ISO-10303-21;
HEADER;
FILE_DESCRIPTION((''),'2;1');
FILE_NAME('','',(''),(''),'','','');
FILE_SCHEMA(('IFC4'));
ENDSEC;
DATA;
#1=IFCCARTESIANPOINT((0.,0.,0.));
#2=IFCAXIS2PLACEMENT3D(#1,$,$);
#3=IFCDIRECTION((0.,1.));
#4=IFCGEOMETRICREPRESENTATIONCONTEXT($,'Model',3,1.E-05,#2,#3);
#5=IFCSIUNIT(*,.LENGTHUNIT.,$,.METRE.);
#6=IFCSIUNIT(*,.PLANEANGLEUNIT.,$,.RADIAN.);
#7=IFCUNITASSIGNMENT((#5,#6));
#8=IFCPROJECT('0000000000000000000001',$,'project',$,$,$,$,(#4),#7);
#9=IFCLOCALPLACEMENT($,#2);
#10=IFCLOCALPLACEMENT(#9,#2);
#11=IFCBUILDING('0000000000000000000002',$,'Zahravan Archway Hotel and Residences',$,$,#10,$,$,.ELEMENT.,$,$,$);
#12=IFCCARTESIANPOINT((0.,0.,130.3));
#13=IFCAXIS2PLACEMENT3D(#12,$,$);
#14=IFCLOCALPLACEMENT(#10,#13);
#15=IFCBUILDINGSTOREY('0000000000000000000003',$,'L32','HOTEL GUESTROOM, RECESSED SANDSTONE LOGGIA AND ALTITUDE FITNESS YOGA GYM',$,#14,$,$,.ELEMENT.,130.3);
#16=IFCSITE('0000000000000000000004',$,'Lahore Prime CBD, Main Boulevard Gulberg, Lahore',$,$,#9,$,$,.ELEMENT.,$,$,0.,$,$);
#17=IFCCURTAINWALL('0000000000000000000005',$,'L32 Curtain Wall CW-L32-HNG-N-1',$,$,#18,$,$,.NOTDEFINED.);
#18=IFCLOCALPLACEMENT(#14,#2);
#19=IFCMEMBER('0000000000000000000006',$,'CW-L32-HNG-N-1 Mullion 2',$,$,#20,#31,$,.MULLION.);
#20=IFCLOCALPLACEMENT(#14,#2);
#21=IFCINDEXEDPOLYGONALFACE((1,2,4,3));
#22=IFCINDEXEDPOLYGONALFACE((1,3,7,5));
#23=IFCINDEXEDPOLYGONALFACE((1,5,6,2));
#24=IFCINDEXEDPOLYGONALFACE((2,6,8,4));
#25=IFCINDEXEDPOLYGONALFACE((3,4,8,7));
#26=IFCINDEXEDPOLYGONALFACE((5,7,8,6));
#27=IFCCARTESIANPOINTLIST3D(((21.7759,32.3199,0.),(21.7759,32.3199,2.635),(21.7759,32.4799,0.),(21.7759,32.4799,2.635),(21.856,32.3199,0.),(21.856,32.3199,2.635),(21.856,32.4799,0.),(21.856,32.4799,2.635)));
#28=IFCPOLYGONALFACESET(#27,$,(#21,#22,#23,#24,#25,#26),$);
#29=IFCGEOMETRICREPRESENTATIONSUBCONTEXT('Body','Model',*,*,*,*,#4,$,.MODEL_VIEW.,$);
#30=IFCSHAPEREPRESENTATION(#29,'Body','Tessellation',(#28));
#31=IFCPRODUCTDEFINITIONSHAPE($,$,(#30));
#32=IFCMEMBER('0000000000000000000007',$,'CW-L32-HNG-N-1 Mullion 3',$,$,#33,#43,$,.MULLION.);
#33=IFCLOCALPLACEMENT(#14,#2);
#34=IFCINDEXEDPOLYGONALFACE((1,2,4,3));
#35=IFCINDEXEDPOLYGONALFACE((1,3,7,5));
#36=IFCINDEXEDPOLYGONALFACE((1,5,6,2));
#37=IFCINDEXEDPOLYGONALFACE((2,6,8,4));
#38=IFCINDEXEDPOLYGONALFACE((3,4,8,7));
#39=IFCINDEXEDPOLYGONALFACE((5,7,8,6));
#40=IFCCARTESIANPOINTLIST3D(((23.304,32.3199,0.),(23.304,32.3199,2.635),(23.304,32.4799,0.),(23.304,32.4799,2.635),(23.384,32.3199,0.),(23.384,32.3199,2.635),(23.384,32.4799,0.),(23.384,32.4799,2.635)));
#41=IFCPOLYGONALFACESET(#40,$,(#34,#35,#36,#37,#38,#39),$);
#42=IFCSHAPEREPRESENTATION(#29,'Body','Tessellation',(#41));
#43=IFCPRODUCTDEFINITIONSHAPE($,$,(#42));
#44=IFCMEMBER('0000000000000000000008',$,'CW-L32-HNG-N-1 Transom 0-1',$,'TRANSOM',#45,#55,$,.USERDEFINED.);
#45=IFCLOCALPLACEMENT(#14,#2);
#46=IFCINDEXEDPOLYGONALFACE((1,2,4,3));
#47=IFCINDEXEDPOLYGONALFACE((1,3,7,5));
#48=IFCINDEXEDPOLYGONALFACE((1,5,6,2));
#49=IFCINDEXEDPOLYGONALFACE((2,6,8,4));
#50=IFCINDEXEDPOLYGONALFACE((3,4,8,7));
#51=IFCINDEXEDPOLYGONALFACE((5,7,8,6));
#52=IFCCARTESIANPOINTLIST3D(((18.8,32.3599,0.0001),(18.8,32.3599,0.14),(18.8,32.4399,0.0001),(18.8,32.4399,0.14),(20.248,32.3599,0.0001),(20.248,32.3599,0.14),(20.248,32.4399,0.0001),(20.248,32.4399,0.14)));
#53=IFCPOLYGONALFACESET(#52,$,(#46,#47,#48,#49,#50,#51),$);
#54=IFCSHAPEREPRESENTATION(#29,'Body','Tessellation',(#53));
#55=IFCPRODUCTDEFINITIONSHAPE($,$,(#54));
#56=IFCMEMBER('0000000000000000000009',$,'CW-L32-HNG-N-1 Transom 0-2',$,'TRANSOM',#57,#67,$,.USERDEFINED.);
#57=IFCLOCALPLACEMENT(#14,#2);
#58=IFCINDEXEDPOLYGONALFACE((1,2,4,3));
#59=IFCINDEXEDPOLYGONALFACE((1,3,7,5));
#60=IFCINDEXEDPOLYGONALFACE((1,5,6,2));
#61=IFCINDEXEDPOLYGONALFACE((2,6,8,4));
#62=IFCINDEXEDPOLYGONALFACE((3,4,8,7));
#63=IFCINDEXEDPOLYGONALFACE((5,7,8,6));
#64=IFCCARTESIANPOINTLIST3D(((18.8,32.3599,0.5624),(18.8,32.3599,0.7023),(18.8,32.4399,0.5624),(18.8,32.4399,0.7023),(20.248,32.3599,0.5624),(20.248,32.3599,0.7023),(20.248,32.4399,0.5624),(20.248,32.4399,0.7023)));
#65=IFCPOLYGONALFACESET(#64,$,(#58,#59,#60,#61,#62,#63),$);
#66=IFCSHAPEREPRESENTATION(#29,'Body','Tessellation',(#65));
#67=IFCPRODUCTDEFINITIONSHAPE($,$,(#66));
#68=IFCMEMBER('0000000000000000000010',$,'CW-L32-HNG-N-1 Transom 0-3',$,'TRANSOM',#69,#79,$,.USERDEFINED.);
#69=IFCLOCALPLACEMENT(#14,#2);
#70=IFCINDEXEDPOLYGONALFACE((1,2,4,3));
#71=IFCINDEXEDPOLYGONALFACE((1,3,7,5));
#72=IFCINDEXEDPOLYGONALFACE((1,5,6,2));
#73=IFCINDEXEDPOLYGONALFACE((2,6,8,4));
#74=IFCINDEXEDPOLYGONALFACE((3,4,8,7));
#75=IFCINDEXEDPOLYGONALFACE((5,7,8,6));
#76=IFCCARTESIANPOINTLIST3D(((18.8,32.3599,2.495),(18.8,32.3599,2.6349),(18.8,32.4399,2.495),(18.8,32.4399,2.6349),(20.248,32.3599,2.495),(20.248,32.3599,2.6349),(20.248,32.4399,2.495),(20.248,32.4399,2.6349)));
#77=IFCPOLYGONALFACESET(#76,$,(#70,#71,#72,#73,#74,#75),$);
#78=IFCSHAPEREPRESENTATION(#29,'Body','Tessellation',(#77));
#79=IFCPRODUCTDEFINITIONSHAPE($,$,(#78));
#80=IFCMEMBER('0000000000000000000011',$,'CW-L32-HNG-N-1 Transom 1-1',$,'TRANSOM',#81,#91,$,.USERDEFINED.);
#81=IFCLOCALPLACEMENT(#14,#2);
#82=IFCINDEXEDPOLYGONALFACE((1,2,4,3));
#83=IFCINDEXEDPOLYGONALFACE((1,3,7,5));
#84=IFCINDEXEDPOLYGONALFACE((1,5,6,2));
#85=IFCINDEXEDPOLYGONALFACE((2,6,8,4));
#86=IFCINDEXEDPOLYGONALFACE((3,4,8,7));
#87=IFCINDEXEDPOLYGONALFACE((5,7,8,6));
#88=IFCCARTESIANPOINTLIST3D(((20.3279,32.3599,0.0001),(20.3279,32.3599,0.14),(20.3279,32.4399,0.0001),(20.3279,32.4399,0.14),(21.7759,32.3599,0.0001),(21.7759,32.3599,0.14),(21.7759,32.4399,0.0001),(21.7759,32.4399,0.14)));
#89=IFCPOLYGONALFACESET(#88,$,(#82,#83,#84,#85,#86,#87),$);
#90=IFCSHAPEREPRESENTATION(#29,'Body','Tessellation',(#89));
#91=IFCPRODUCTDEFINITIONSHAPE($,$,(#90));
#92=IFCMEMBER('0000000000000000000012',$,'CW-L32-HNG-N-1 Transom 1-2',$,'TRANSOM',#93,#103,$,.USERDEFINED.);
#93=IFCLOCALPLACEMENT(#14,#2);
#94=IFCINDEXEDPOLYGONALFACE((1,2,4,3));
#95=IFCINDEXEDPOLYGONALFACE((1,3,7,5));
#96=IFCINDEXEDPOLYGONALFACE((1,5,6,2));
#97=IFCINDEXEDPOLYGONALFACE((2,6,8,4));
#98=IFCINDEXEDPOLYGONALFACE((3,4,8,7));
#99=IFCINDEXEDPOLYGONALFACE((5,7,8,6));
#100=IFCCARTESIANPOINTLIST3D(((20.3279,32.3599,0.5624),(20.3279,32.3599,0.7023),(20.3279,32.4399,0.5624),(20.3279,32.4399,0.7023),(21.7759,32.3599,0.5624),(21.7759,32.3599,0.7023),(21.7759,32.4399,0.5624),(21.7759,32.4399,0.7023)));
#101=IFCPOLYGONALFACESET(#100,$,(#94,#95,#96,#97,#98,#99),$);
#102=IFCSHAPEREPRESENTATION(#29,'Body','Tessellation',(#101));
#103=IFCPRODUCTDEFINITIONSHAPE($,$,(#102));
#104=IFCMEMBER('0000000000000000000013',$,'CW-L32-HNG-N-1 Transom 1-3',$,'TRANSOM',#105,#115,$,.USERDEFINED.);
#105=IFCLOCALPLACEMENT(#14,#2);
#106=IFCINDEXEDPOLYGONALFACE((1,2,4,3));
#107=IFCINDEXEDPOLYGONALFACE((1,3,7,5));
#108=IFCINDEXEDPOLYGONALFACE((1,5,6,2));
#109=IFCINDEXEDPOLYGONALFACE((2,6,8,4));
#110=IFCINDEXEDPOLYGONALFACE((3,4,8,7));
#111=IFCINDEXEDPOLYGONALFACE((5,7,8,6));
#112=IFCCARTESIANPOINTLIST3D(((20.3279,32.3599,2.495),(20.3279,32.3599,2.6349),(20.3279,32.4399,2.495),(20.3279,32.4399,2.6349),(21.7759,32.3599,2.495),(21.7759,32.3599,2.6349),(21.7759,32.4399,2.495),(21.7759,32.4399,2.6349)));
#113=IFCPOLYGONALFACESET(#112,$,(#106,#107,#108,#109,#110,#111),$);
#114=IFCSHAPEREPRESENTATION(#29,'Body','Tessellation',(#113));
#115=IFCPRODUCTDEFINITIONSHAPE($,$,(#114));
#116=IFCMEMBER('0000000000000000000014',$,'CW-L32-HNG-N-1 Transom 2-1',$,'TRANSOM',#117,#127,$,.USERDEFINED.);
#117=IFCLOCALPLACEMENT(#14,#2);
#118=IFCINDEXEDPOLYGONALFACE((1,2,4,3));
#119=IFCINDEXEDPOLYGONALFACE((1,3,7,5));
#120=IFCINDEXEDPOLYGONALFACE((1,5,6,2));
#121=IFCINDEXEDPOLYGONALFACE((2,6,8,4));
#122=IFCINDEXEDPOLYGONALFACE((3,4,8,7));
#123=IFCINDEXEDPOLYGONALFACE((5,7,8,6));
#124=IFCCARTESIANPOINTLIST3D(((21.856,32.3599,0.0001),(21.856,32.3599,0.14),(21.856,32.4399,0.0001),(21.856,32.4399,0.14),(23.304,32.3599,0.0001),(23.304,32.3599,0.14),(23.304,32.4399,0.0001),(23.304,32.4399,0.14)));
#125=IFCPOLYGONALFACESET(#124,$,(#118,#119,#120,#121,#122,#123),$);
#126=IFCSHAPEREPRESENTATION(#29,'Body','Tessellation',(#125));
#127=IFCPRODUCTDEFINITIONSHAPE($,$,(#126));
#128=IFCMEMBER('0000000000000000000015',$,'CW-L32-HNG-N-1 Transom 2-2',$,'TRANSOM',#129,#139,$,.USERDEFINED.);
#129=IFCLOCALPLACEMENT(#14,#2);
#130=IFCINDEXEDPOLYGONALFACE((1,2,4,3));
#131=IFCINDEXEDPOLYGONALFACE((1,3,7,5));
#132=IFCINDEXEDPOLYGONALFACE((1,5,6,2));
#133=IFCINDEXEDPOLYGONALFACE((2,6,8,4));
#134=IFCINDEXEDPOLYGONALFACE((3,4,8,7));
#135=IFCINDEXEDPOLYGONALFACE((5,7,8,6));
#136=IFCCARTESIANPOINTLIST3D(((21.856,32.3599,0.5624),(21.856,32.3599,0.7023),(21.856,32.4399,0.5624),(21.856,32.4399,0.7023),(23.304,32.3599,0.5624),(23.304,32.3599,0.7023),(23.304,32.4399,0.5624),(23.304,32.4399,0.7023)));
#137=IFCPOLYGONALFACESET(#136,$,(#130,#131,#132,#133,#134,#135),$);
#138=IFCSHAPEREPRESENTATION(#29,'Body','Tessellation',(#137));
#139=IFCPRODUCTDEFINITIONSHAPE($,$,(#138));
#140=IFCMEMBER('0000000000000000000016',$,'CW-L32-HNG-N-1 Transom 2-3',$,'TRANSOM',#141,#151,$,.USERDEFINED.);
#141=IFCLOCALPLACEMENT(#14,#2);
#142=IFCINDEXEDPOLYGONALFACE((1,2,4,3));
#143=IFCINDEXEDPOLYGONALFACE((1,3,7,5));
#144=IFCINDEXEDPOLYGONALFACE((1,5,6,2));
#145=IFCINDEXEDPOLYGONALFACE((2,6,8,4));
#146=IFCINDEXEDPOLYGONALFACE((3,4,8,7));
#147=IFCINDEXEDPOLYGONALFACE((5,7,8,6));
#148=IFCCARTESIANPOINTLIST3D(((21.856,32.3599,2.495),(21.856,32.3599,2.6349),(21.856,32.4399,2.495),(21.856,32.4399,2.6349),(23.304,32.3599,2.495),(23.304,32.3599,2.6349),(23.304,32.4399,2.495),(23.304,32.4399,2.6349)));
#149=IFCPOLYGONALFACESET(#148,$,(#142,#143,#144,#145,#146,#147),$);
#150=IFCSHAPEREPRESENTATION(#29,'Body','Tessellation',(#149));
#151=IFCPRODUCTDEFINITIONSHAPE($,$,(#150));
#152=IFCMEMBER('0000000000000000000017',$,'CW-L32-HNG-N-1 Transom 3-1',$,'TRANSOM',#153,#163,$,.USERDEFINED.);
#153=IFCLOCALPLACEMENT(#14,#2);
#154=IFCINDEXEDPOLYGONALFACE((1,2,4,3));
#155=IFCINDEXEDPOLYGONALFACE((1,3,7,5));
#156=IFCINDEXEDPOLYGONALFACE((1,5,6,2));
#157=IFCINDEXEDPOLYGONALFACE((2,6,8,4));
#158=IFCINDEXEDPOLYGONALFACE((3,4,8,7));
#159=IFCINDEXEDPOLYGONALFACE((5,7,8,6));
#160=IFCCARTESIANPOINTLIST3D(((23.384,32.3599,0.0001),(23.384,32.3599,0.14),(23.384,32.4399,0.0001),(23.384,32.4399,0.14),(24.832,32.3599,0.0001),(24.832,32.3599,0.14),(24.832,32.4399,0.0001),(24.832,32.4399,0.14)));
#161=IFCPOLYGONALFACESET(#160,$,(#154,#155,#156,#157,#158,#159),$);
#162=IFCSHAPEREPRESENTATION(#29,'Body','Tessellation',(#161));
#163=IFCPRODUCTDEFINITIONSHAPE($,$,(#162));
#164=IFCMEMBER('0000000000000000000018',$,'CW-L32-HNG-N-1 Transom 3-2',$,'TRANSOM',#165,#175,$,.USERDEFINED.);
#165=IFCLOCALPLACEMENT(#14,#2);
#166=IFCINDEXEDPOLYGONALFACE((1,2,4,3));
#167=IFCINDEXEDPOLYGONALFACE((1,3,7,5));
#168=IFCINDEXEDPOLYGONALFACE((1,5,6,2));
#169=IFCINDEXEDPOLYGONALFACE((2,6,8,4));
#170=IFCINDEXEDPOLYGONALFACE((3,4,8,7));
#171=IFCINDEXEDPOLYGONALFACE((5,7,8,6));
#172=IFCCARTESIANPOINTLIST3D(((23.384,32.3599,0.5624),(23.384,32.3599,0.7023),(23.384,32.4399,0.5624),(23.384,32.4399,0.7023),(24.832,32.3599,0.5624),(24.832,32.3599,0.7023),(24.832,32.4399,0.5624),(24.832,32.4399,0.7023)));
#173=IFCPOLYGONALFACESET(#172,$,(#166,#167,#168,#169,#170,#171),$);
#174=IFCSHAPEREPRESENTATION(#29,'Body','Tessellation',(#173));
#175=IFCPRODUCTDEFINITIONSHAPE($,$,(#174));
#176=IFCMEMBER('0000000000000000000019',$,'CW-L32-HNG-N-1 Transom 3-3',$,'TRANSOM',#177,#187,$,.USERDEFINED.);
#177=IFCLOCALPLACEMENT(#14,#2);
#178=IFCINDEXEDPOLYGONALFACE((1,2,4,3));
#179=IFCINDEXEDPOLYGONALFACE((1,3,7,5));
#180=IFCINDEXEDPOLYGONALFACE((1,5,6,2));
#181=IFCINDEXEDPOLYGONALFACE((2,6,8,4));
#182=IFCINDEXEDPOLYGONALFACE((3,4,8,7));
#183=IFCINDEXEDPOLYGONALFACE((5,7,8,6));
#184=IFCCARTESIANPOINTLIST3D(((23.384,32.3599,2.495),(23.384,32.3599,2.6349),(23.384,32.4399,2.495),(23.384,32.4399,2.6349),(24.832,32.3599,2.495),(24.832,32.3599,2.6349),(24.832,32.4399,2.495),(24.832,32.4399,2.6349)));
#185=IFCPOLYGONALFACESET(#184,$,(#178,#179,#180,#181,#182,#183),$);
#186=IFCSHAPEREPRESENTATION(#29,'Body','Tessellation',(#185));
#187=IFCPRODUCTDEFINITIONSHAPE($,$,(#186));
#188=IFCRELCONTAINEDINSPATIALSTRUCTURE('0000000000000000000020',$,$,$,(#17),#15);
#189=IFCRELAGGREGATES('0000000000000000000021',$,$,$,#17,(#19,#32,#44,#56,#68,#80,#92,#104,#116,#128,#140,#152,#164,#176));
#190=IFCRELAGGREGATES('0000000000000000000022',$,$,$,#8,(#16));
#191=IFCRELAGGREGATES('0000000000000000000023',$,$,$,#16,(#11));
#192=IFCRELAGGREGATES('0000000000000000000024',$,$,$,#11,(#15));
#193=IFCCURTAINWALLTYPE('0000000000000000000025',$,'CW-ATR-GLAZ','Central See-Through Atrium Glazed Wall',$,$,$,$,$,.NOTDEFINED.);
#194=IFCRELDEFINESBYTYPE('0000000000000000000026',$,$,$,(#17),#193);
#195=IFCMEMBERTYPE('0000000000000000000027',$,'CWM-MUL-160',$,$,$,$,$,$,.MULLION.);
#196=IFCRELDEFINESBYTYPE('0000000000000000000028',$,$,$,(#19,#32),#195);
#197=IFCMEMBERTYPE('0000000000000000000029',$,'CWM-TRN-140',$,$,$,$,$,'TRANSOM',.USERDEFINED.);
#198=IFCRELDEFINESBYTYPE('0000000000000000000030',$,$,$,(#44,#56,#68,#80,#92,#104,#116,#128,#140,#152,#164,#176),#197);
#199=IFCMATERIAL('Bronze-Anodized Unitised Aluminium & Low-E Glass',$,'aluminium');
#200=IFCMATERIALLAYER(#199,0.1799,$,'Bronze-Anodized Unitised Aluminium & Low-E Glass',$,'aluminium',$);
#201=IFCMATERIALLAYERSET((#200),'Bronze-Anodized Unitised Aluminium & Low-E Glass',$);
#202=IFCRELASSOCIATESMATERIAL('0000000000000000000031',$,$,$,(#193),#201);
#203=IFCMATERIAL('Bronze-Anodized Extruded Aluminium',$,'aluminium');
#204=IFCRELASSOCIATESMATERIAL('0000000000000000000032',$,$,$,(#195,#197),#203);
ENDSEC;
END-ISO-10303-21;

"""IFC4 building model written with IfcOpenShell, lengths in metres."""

from ifc_helpers import new_model, si_unit, direction, frame, origin, origin_2d, place, context, subcontext, project, spatial, rectangle, extrude, source, transform, mapped, material, layer, layer_set, material_profile, profile_set, type_object, element, aggregate, save


model = new_model("IFC4")

# Units and contexts
model_context = context("Model", 3, precision=1e-05, world=origin(), true_north=direction((0.0, 1.0)))
body_context = subcontext(model_context, "Body", "Model", "MODEL_VIEW")
ifc_project = project(units=[si_unit("LENGTHUNIT", "METRE"), si_unit("PLANEANGLEUNIT", "RADIAN")], contexts=[model_context])

# Site, building, storey
site_placement = place(None, origin())
site = spatial("IfcSite", under=ifc_project, at=site_placement, Name="Lahore Prime CBD, Main Boulevard Gulberg, Lahore", CompositionType="ELEMENT", RefElevation=0.0)
building_placement = place(site_placement, origin())
building = spatial("IfcBuilding", under=site, at=building_placement, Name="Zahravan Archway Hotel and Residences", CompositionType="ELEMENT")
storey_placement = place(building_placement, frame((0.0, 0.0, 130.3)))
storey = spatial("IfcBuildingStorey", under=building, at=storey_placement, Name="L32", Description="HOTEL GUESTROOM, RECESSED SANDSTONE LOGGIA AND ALTITUDE FITNESS YOGA GYM", CompositionType="ELEMENT", Elevation=130.3)

# Curtain wall, members
ifc_material_1 = material(Name="Bronze-Anodized Unitised Aluminium & Low-E Glass", Category="aluminium")
ifc_layer_1 = layer(ifc_material_1, 0.1799, Name="Bronze-Anodized Unitised Aluminium & Low-E Glass", Category="aluminium")
ifc_layer_set_1 = layer_set([ifc_layer_1], Name="Bronze-Anodized Unitised Aluminium & Low-E Glass")
curtain_wall_type = type_object("IfcCurtainWallType", Name="CW-ATR-GLAZ", Description="Central See-Through Atrium Glazed Wall", PredefinedType="NOTDEFINED", material=ifc_layer_set_1)
curtain_wall_placement = place(storey_placement, origin())
curtain_wall = element("IfcCurtainWall", 1, at=curtain_wall_placement, inside=storey, type_object=curtain_wall_type, Name="L32 Curtain Wall CW-L32-HNG-N-1", PredefinedType="NOTDEFINED")
ifc_material_2 = material(Name="Bronze-Anodized Extruded Aluminium", Category="aluminium")
ifc_material_profile_1 = material_profile(ifc_material_2, rectangle(XDim=0.0801, YDim=0.1599, at=origin_2d()), Name="MUL 80x160", Category="aluminium")
ifc_profile_set_1 = profile_set([ifc_material_profile_1], Name="Bronze-Anodized Extruded Aluminium")
member_type_1 = type_object("IfcMemberType", Name="CWM-MUL-160", PredefinedType="MULLION", material=ifc_profile_set_1)
shared_shape_1 = source(origin(), body_context, "Body", "SweptSolid", [
    extrude(rectangle(XDim=0.0801, YDim=0.1599, at=origin_2d()), origin(), (0.0, 0.0, 1.0), 2.635),
])
member_1_placement = place(storey_placement, frame((21.8159, 32.3999, 0.0), z_axis=(0.0, 0.0, 1.0), x_axis=(1.0, 0.0, 0.0)))
member_1 = element("IfcMember", 2, at=member_1_placement, type_object=member_type_1, Name="CW-L32-HNG-N-1 Mullion 2", PredefinedType="MULLION", context=body_context, shape_type="MappedRepresentation", body=[
    mapped(shared_shape_1, transform((0.0, 0.0, 0.0), scale=1.0)),
])
member_2_placement = place(storey_placement, frame((23.344, 32.3999, 0.0), z_axis=(0.0, 0.0, 1.0), x_axis=(1.0, 0.0, 0.0)))
member_2 = element("IfcMember", 3, at=member_2_placement, type_object=member_type_1, Name="CW-L32-HNG-N-1 Mullion 3", PredefinedType="MULLION", context=body_context, shape_type="MappedRepresentation", body=[
    mapped(shared_shape_1, transform((0.0, 0.0, 0.0), scale=1.0)),
])
ifc_material_profile_2 = material_profile(ifc_material_2, rectangle(XDim=0.0801, YDim=0.1399, at=origin_2d()), Name="TRN 80x140", Category="aluminium")
ifc_profile_set_2 = profile_set([ifc_material_profile_2], Name="Bronze-Anodized Extruded Aluminium")
member_type_2 = type_object("IfcMemberType", Name="CWM-TRN-140", ElementType="TRANSOM", PredefinedType="USERDEFINED", material=ifc_profile_set_2)
shared_shape_2 = source(origin(), body_context, "Body", "SweptSolid", [
    extrude(rectangle(XDim=0.0801, YDim=0.1399, at=origin_2d()), origin(), (0.0, 0.0, 1.0), 1.448),
])
member_3_placement = place(storey_placement, frame((18.8, 32.3999, 0.0701), z_axis=(1.0, 0.0, 0.0), x_axis=(0.0, 1.0, 0.0)))
member_3 = element("IfcMember", 4, at=member_3_placement, type_object=member_type_2, Name="CW-L32-HNG-N-1 Transom 0-1", ObjectType="TRANSOM", PredefinedType="USERDEFINED", context=body_context, shape_type="MappedRepresentation", body=[
    mapped(shared_shape_2, transform((0.0, 0.0, 0.0), scale=1.0)),
])
member_4_placement = place(storey_placement, frame((18.8, 32.3999, 0.6323), z_axis=(1.0, 0.0, 0.0), x_axis=(0.0, 1.0, 0.0)))
member_4 = element("IfcMember", 5, at=member_4_placement, type_object=member_type_2, Name="CW-L32-HNG-N-1 Transom 0-2", ObjectType="TRANSOM", PredefinedType="USERDEFINED", context=body_context, shape_type="MappedRepresentation", body=[
    mapped(shared_shape_2, transform((0.0, 0.0, 0.0), scale=1.0)),
])
member_5_placement = place(storey_placement, frame((18.8, 32.3999, 2.5649), z_axis=(1.0, 0.0, 0.0), x_axis=(0.0, 1.0, 0.0)))
member_5 = element("IfcMember", 6, at=member_5_placement, type_object=member_type_2, Name="CW-L32-HNG-N-1 Transom 0-3", ObjectType="TRANSOM", PredefinedType="USERDEFINED", context=body_context, shape_type="MappedRepresentation", body=[
    mapped(shared_shape_2, transform((0.0, 0.0, 0.0), scale=1.0)),
])
member_6_placement = place(storey_placement, frame((20.3279, 32.3999, 0.0701), z_axis=(1.0, 0.0, 0.0), x_axis=(0.0, 1.0, 0.0)))
member_6 = element("IfcMember", 7, at=member_6_placement, type_object=member_type_2, Name="CW-L32-HNG-N-1 Transom 1-1", ObjectType="TRANSOM", PredefinedType="USERDEFINED", context=body_context, shape_type="MappedRepresentation", body=[
    mapped(shared_shape_2, transform((0.0, 0.0, 0.0), scale=1.0)),
])
member_7_placement = place(storey_placement, frame((20.3279, 32.3999, 0.6323), z_axis=(1.0, 0.0, 0.0), x_axis=(0.0, 1.0, 0.0)))
member_7 = element("IfcMember", 8, at=member_7_placement, type_object=member_type_2, Name="CW-L32-HNG-N-1 Transom 1-2", ObjectType="TRANSOM", PredefinedType="USERDEFINED", context=body_context, shape_type="MappedRepresentation", body=[
    mapped(shared_shape_2, transform((0.0, 0.0, 0.0), scale=1.0)),
])
member_8_placement = place(storey_placement, frame((20.3279, 32.3999, 2.5649), z_axis=(1.0, 0.0, 0.0), x_axis=(0.0, 1.0, 0.0)))
member_8 = element("IfcMember", 9, at=member_8_placement, type_object=member_type_2, Name="CW-L32-HNG-N-1 Transom 1-3", ObjectType="TRANSOM", PredefinedType="USERDEFINED", context=body_context, shape_type="MappedRepresentation", body=[
    mapped(shared_shape_2, transform((0.0, 0.0, 0.0), scale=1.0)),
])
member_9_placement = place(storey_placement, frame((21.856, 32.3999, 0.0701), z_axis=(1.0, 0.0, 0.0), x_axis=(0.0, 1.0, 0.0)))
member_9 = element("IfcMember", 10, at=member_9_placement, type_object=member_type_2, Name="CW-L32-HNG-N-1 Transom 2-1", ObjectType="TRANSOM", PredefinedType="USERDEFINED", context=body_context, shape_type="MappedRepresentation", body=[
    mapped(shared_shape_2, transform((0.0, 0.0, 0.0), scale=1.0)),
])
member_10_placement = place(storey_placement, frame((21.856, 32.3999, 0.6323), z_axis=(1.0, 0.0, 0.0), x_axis=(0.0, 1.0, 0.0)))
member_10 = element("IfcMember", 11, at=member_10_placement, type_object=member_type_2, Name="CW-L32-HNG-N-1 Transom 2-2", ObjectType="TRANSOM", PredefinedType="USERDEFINED", context=body_context, shape_type="MappedRepresentation", body=[
    mapped(shared_shape_2, transform((0.0, 0.0, 0.0), scale=1.0)),
])
member_11_placement = place(storey_placement, frame((21.856, 32.3999, 2.5649), z_axis=(1.0, 0.0, 0.0), x_axis=(0.0, 1.0, 0.0)))
member_11 = element("IfcMember", 12, at=member_11_placement, type_object=member_type_2, Name="CW-L32-HNG-N-1 Transom 2-3", ObjectType="TRANSOM", PredefinedType="USERDEFINED", context=body_context, shape_type="MappedRepresentation", body=[
    mapped(shared_shape_2, transform((0.0, 0.0, 0.0), scale=1.0)),
])
member_12_placement = place(storey_placement, frame((23.384, 32.3999, 0.0701), z_axis=(1.0, 0.0, 0.0), x_axis=(0.0, 1.0, 0.0)))
member_12 = element("IfcMember", 13, at=member_12_placement, type_object=member_type_2, Name="CW-L32-HNG-N-1 Transom 3-1", ObjectType="TRANSOM", PredefinedType="USERDEFINED", context=body_context, shape_type="MappedRepresentation", body=[
    mapped(shared_shape_2, transform((0.0, 0.0, 0.0), scale=1.0)),
])
member_13_placement = place(storey_placement, frame((23.384, 32.3999, 0.6323), z_axis=(1.0, 0.0, 0.0), x_axis=(0.0, 1.0, 0.0)))
member_13 = element("IfcMember", 14, at=member_13_placement, type_object=member_type_2, Name="CW-L32-HNG-N-1 Transom 3-2", ObjectType="TRANSOM", PredefinedType="USERDEFINED", context=body_context, shape_type="MappedRepresentation", body=[
    mapped(shared_shape_2, transform((0.0, 0.0, 0.0), scale=1.0)),
])
member_14_placement = place(storey_placement, frame((23.384, 32.3999, 2.5649), z_axis=(1.0, 0.0, 0.0), x_axis=(0.0, 1.0, 0.0)))
member_14 = element("IfcMember", 15, at=member_14_placement, type_object=member_type_2, Name="CW-L32-HNG-N-1 Transom 3-3", ObjectType="TRANSOM", PredefinedType="USERDEFINED", context=body_context, shape_type="MappedRepresentation", body=[
    mapped(shared_shape_2, transform((0.0, 0.0, 0.0), scale=1.0)),
])
aggregate(curtain_wall, [member_1, member_2, member_3, member_4, member_5, member_6, member_7, member_8, member_9, member_10, member_11, member_12, member_13, member_14])

save(model, "model.ifc")
